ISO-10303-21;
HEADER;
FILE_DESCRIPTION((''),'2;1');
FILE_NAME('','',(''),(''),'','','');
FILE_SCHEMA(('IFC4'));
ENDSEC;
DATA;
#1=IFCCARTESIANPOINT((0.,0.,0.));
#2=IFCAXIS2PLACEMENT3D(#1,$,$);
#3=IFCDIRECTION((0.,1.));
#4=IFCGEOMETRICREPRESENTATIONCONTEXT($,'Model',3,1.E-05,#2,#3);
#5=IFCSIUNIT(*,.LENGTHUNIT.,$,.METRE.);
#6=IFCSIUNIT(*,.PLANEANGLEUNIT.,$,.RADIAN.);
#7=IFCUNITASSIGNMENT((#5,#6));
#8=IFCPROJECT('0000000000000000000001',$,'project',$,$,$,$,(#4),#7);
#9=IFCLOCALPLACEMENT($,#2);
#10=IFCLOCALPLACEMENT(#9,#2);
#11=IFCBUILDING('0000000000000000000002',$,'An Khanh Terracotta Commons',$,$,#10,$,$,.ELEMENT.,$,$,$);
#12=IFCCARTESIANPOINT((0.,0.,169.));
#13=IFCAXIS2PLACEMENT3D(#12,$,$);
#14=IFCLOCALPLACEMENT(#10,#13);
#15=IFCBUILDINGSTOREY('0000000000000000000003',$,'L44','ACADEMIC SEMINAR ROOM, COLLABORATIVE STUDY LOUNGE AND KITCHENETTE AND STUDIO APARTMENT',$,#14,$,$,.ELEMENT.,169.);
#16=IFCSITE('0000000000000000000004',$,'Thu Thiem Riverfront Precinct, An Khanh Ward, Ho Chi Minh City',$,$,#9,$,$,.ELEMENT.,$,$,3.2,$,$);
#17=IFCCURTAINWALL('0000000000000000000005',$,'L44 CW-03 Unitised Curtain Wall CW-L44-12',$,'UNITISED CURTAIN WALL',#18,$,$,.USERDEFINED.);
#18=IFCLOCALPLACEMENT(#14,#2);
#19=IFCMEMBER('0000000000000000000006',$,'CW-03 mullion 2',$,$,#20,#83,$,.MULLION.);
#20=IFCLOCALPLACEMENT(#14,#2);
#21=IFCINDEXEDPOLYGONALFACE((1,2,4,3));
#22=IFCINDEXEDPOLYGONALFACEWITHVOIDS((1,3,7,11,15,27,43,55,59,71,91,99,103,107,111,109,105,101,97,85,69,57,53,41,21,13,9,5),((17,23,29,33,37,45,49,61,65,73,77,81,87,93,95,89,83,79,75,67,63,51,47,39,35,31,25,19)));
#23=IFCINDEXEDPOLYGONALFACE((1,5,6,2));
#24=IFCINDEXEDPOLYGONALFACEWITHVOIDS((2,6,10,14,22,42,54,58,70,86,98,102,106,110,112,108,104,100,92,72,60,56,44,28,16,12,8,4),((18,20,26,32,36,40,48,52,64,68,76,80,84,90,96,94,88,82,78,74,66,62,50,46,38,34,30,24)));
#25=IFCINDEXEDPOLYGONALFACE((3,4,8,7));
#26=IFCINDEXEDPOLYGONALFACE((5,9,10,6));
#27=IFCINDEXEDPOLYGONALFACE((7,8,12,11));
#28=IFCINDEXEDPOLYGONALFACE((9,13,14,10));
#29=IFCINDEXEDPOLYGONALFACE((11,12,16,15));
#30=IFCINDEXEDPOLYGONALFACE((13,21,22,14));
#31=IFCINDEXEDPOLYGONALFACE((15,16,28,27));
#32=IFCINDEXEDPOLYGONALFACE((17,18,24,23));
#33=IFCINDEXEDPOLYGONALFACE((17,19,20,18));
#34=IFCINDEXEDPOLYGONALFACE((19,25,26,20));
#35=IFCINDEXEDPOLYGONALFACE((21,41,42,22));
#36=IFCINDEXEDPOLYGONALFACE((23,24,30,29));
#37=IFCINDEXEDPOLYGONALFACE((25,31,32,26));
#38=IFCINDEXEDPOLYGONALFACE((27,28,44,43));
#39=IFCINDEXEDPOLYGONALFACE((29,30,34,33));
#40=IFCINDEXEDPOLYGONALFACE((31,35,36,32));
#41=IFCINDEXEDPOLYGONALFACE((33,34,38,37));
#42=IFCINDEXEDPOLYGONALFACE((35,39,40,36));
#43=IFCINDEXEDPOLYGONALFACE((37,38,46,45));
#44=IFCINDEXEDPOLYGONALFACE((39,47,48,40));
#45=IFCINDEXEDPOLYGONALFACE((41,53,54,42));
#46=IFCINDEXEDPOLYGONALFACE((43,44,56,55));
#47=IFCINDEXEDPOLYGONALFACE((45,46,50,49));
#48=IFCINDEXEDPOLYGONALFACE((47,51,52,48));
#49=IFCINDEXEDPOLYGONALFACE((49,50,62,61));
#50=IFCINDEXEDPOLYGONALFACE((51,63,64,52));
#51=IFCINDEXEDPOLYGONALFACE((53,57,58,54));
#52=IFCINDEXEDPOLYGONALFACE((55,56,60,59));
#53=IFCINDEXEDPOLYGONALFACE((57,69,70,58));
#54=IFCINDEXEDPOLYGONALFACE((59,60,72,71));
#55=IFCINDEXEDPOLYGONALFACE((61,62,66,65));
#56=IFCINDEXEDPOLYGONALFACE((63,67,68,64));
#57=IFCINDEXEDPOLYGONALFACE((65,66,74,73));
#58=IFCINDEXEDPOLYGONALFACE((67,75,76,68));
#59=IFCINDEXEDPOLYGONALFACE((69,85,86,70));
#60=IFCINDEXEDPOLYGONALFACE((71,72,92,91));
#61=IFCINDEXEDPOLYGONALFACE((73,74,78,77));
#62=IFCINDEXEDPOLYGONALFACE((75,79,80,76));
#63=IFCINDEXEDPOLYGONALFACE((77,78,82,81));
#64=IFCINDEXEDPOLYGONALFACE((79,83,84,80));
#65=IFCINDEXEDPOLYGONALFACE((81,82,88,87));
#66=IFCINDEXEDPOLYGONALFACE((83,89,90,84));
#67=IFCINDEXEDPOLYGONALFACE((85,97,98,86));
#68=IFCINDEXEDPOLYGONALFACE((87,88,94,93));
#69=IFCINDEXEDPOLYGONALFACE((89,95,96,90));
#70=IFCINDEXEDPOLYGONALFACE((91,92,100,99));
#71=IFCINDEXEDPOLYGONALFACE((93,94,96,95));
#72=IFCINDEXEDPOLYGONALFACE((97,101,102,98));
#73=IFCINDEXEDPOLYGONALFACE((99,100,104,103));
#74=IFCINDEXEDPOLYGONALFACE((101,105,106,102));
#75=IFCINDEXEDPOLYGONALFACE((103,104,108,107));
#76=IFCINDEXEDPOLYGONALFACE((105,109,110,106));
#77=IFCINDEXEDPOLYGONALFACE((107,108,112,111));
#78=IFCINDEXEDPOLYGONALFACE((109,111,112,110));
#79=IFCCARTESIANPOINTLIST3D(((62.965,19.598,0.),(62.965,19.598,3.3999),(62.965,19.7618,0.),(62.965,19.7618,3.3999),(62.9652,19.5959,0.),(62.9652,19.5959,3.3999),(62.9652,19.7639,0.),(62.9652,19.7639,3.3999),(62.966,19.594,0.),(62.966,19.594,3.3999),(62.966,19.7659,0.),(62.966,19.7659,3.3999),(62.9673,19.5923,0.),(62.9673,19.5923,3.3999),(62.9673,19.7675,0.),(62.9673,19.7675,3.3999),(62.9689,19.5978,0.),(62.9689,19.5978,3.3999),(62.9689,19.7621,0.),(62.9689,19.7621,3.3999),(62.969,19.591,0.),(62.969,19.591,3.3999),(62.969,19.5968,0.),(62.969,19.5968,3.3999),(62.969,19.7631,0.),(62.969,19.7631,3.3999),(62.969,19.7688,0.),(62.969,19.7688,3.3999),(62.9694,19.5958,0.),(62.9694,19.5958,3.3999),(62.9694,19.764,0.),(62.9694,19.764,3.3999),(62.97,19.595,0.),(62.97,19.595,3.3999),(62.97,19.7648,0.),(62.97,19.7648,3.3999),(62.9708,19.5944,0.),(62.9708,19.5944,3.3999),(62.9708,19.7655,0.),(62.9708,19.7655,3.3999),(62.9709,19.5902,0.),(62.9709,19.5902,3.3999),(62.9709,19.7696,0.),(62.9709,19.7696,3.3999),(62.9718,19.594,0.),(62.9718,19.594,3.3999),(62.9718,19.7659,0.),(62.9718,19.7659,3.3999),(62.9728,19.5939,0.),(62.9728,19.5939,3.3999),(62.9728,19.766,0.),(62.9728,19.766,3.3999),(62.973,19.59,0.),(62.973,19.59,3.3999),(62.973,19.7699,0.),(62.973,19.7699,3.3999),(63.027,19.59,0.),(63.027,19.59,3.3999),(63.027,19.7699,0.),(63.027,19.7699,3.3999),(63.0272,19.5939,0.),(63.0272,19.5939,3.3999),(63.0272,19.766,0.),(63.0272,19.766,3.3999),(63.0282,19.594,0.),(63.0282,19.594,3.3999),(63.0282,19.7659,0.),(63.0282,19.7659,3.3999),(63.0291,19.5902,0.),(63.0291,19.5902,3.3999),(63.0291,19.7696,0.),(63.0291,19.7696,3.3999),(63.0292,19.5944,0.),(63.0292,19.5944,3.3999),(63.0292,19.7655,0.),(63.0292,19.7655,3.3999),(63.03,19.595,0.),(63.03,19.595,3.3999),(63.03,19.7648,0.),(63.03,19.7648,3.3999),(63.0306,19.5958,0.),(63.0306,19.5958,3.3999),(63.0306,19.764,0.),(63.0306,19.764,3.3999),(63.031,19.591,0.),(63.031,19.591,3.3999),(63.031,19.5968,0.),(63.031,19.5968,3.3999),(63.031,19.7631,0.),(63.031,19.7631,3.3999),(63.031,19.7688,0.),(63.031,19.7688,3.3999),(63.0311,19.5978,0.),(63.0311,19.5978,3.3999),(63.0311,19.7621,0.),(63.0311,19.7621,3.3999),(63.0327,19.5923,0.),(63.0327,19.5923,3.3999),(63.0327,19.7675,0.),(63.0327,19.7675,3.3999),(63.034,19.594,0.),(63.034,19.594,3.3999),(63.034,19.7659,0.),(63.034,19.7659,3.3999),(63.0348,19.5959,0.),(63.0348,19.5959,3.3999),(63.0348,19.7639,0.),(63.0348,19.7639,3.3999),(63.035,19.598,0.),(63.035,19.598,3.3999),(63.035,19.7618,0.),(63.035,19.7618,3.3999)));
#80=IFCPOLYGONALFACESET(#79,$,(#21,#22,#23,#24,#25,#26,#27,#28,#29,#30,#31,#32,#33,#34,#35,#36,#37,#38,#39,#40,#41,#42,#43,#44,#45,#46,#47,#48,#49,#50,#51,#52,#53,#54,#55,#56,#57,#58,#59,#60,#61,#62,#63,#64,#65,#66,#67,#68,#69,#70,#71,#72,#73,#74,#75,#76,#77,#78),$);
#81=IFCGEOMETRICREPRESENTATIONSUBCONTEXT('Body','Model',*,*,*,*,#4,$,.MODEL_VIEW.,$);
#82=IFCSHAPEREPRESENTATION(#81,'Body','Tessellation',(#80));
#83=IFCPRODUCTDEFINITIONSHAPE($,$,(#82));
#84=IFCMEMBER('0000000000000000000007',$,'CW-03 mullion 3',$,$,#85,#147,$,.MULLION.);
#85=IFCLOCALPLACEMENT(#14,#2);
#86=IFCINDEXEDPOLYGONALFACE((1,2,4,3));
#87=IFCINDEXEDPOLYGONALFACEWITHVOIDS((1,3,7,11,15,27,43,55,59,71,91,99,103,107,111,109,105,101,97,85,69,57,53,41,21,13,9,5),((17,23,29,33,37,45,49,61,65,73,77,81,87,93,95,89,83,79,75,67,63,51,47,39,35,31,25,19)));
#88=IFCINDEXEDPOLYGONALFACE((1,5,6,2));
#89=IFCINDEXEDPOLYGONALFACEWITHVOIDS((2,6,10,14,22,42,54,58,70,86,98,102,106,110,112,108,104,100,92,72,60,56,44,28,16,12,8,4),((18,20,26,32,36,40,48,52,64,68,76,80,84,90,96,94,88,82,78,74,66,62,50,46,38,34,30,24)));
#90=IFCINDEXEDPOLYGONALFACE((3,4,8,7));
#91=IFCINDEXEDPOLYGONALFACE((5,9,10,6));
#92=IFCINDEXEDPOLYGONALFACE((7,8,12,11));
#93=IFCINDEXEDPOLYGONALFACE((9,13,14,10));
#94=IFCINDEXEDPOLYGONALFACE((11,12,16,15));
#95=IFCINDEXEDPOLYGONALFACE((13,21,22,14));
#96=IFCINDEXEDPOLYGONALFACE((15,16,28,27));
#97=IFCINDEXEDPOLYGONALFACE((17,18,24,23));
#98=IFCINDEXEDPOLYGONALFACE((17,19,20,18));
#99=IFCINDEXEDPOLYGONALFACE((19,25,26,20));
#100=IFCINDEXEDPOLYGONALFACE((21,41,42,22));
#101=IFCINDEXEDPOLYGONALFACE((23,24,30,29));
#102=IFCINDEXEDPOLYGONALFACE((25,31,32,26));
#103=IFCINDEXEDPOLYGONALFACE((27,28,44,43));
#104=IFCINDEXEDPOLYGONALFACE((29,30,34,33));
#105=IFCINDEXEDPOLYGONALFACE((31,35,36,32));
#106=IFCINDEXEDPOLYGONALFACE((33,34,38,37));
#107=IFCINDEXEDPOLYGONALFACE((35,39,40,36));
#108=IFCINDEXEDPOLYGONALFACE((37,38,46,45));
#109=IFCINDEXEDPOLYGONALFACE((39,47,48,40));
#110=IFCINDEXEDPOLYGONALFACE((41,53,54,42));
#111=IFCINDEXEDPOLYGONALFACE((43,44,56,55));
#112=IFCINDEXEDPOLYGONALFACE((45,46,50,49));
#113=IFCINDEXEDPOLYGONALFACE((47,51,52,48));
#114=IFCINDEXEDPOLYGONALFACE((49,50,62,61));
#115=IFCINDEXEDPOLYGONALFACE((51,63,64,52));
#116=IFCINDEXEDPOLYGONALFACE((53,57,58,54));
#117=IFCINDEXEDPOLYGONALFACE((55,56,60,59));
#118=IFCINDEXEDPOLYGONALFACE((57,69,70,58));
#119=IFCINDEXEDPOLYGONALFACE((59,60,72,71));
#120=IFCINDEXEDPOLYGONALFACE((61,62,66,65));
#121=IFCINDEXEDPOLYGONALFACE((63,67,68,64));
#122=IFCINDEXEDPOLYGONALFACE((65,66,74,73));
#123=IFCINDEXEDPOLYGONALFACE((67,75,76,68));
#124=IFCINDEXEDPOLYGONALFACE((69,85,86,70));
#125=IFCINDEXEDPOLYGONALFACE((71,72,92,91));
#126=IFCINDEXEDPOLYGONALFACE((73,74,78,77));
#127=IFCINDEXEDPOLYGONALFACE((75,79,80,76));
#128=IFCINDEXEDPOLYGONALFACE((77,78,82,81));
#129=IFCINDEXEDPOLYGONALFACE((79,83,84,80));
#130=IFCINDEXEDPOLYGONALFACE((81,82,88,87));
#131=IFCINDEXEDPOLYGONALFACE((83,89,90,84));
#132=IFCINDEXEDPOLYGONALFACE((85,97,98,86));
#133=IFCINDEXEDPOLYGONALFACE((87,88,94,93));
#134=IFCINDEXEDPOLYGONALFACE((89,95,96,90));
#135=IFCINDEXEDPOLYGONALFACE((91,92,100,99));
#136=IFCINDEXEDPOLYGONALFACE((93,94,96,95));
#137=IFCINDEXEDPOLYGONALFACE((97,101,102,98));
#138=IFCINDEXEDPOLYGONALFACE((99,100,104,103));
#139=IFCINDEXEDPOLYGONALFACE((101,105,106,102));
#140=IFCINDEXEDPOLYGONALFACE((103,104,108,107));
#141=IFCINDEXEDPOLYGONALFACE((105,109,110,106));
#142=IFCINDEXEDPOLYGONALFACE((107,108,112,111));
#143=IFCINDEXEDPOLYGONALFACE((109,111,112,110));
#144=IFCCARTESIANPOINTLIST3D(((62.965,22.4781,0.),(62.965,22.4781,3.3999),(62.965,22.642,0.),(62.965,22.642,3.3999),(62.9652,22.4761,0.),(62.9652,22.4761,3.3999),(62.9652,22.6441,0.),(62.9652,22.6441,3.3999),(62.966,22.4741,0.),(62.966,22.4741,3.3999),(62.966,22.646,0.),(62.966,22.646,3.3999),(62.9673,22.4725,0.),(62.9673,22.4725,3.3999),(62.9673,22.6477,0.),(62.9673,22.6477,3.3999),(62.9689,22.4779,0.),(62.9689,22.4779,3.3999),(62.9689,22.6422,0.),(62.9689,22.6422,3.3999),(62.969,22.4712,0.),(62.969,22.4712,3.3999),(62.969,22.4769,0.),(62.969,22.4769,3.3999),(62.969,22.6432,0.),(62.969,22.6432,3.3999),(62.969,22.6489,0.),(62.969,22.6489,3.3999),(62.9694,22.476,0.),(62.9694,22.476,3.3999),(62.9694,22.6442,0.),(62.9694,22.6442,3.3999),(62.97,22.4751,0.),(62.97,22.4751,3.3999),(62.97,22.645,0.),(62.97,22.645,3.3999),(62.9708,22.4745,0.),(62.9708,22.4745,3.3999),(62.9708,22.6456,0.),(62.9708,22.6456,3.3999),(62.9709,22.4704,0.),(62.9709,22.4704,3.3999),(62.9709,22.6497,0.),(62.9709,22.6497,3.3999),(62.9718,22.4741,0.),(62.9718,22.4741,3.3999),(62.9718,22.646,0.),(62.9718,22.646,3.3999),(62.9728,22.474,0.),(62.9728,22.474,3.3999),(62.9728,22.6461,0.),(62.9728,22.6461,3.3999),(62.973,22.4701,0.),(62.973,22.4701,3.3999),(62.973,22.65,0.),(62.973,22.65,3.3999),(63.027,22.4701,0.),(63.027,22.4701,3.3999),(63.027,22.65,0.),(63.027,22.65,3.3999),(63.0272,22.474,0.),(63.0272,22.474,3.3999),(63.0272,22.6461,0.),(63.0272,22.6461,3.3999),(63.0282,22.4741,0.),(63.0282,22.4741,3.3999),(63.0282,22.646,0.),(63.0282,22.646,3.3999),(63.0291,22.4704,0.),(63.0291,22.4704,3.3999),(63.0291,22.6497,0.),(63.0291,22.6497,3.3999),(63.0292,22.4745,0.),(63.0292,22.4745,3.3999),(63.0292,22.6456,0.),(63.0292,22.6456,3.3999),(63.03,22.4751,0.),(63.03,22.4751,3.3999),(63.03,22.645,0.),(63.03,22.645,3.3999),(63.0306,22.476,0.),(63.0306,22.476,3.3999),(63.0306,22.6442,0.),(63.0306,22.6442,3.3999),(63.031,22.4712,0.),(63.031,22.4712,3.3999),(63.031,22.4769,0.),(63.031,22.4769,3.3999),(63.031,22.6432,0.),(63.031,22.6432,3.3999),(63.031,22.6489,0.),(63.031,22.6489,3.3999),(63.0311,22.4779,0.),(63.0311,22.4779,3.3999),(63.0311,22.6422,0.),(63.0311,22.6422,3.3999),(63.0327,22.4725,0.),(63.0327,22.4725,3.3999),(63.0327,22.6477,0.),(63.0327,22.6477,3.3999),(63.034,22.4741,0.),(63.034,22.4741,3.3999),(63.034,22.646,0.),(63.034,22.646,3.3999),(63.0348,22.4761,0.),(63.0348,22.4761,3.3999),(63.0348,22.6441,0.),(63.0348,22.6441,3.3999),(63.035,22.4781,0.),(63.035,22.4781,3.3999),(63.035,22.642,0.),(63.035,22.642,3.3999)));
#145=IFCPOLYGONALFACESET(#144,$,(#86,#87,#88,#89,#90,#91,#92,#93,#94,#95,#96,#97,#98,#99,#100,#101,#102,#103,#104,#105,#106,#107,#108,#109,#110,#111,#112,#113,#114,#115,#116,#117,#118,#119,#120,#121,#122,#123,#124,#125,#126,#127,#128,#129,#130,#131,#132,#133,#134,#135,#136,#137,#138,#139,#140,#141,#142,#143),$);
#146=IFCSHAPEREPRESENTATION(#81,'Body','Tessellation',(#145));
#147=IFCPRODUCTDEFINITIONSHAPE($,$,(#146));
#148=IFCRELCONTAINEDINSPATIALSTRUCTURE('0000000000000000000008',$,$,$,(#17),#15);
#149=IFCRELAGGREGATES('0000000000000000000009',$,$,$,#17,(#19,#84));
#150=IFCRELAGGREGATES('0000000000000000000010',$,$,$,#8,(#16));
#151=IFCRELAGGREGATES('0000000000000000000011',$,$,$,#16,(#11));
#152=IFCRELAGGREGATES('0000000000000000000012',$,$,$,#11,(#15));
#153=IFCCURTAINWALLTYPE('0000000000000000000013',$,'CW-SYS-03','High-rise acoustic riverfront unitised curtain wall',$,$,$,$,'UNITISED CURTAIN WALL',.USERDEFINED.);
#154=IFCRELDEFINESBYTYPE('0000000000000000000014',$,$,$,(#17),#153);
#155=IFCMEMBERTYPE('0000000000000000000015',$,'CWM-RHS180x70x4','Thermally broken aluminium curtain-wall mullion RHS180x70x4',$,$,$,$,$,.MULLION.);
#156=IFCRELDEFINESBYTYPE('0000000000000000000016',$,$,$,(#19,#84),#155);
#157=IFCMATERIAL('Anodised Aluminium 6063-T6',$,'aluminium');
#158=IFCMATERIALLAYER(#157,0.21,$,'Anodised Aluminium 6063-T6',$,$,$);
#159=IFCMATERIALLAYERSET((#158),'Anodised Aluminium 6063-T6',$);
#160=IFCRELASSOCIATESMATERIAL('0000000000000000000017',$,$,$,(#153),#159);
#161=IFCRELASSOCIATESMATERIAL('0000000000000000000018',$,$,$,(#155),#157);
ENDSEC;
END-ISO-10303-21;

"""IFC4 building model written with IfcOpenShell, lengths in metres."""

from ifc_helpers import new_model, si_unit, direction, frame, origin, origin_2d, place, context, subcontext, project, spatial, hollow_rectangle, extrude, material, layer, layer_set, material_profile, profile_set, type_object, element, aggregate, save


model = new_model("IFC4")

# Units and contexts
model_context = context("Model", 3, precision=1e-05, world=origin(), true_north=direction((0.0, 1.0)))
body_context = subcontext(model_context, "Body", "Model", "MODEL_VIEW")
ifc_project = project(units=[si_unit("LENGTHUNIT", "METRE"), si_unit("PLANEANGLEUNIT", "RADIAN")], contexts=[model_context])

# Site, building, storey
site_placement = place(None, origin())
site = spatial("IfcSite", under=ifc_project, at=site_placement, Name="Thu Thiem Riverfront Precinct, An Khanh Ward, Ho Chi Minh City", CompositionType="ELEMENT", RefElevation=3.2)
building_placement = place(site_placement, origin())
building = spatial("IfcBuilding", under=site, at=building_placement, Name="An Khanh Terracotta Commons", CompositionType="ELEMENT")
storey_placement = place(building_placement, frame((0.0, 0.0, 169.0)))
storey = spatial("IfcBuildingStorey", under=building, at=storey_placement, Name="L44", Description="ACADEMIC SEMINAR ROOM, COLLABORATIVE STUDY LOUNGE AND KITCHENETTE AND STUDIO APARTMENT", CompositionType="ELEMENT", Elevation=169.0)

# Curtain wall, members
ifc_material_1 = material(Name="Anodised Aluminium 6063-T6", Category="aluminium")
ifc_layer_1 = layer(ifc_material_1, 0.21, Name="Anodised Aluminium 6063-T6")
ifc_layer_set_1 = layer_set([ifc_layer_1], Name="Anodised Aluminium 6063-T6")
curtain_wall_type = type_object("IfcCurtainWallType", Name="CW-SYS-03", Description="High-rise acoustic riverfront unitised curtain wall", ElementType="UNITISED CURTAIN WALL", PredefinedType="USERDEFINED", material=ifc_layer_set_1)
ifc_material_profile_1 = material_profile(ifc_material_1, hollow_rectangle(XDim=0.0701, YDim=0.1799, WallThickness=0.0039, InnerFilletRadius=0.0039, OuterFilletRadius=0.0081, at=origin_2d()), Name="RHS180x70x4")
ifc_profile_set_1 = profile_set([ifc_material_profile_1], Name="Anodised Aluminium 6063-T6")
member_type_1 = type_object("IfcMemberType", Name="CWM-RHS180x70x4", Description="Thermally broken aluminium curtain-wall mullion RHS180x70x4", PredefinedType="MULLION", material=ifc_profile_set_1)
curtain_wall_1_placement = place(storey_placement, origin())
curtain_wall_1 = element("IfcCurtainWall", 1, at=curtain_wall_1_placement, inside=storey, type_object=curtain_wall_type, Name="L44 CW-03 Unitised Curtain Wall CW-L44-12", ObjectType="UNITISED CURTAIN WALL", PredefinedType="USERDEFINED")
member_1_placement = place(storey_placement, frame((63.0, 19.6799, 0.0), z_axis=(0.0, 0.0, 1.0), x_axis=(-1.0, 0.0, 0.0)))
member_1 = element("IfcMember", 2, at=member_1_placement, type_object=member_type_1, Name="CW-03 mullion 2", PredefinedType="MULLION", context=body_context, shape_type="SweptSolid", body=[
    extrude(hollow_rectangle(XDim=0.0701, YDim=0.1799, WallThickness=0.0039, InnerFilletRadius=0.0039, OuterFilletRadius=0.0081, at=origin_2d()), origin(), (0.0, 0.0, 1.0), 3.3999),
])
member_2_placement = place(storey_placement, frame((63.0, 22.5601, 0.0), z_axis=(0.0, 0.0, 1.0), x_axis=(-1.0, 0.0, 0.0)))
member_2 = element("IfcMember", 3, at=member_2_placement, type_object=member_type_1, Name="CW-03 mullion 3", PredefinedType="MULLION", context=body_context, shape_type="SweptSolid", body=[
    extrude(hollow_rectangle(XDim=0.0701, YDim=0.1799, WallThickness=0.0039, InnerFilletRadius=0.0039, OuterFilletRadius=0.0081, at=origin_2d()), origin(), (0.0, 0.0, 1.0), 3.3999),
])

aggregate(curtain_wall_1, [member_1, member_2])

save(model, "model.ifc")
